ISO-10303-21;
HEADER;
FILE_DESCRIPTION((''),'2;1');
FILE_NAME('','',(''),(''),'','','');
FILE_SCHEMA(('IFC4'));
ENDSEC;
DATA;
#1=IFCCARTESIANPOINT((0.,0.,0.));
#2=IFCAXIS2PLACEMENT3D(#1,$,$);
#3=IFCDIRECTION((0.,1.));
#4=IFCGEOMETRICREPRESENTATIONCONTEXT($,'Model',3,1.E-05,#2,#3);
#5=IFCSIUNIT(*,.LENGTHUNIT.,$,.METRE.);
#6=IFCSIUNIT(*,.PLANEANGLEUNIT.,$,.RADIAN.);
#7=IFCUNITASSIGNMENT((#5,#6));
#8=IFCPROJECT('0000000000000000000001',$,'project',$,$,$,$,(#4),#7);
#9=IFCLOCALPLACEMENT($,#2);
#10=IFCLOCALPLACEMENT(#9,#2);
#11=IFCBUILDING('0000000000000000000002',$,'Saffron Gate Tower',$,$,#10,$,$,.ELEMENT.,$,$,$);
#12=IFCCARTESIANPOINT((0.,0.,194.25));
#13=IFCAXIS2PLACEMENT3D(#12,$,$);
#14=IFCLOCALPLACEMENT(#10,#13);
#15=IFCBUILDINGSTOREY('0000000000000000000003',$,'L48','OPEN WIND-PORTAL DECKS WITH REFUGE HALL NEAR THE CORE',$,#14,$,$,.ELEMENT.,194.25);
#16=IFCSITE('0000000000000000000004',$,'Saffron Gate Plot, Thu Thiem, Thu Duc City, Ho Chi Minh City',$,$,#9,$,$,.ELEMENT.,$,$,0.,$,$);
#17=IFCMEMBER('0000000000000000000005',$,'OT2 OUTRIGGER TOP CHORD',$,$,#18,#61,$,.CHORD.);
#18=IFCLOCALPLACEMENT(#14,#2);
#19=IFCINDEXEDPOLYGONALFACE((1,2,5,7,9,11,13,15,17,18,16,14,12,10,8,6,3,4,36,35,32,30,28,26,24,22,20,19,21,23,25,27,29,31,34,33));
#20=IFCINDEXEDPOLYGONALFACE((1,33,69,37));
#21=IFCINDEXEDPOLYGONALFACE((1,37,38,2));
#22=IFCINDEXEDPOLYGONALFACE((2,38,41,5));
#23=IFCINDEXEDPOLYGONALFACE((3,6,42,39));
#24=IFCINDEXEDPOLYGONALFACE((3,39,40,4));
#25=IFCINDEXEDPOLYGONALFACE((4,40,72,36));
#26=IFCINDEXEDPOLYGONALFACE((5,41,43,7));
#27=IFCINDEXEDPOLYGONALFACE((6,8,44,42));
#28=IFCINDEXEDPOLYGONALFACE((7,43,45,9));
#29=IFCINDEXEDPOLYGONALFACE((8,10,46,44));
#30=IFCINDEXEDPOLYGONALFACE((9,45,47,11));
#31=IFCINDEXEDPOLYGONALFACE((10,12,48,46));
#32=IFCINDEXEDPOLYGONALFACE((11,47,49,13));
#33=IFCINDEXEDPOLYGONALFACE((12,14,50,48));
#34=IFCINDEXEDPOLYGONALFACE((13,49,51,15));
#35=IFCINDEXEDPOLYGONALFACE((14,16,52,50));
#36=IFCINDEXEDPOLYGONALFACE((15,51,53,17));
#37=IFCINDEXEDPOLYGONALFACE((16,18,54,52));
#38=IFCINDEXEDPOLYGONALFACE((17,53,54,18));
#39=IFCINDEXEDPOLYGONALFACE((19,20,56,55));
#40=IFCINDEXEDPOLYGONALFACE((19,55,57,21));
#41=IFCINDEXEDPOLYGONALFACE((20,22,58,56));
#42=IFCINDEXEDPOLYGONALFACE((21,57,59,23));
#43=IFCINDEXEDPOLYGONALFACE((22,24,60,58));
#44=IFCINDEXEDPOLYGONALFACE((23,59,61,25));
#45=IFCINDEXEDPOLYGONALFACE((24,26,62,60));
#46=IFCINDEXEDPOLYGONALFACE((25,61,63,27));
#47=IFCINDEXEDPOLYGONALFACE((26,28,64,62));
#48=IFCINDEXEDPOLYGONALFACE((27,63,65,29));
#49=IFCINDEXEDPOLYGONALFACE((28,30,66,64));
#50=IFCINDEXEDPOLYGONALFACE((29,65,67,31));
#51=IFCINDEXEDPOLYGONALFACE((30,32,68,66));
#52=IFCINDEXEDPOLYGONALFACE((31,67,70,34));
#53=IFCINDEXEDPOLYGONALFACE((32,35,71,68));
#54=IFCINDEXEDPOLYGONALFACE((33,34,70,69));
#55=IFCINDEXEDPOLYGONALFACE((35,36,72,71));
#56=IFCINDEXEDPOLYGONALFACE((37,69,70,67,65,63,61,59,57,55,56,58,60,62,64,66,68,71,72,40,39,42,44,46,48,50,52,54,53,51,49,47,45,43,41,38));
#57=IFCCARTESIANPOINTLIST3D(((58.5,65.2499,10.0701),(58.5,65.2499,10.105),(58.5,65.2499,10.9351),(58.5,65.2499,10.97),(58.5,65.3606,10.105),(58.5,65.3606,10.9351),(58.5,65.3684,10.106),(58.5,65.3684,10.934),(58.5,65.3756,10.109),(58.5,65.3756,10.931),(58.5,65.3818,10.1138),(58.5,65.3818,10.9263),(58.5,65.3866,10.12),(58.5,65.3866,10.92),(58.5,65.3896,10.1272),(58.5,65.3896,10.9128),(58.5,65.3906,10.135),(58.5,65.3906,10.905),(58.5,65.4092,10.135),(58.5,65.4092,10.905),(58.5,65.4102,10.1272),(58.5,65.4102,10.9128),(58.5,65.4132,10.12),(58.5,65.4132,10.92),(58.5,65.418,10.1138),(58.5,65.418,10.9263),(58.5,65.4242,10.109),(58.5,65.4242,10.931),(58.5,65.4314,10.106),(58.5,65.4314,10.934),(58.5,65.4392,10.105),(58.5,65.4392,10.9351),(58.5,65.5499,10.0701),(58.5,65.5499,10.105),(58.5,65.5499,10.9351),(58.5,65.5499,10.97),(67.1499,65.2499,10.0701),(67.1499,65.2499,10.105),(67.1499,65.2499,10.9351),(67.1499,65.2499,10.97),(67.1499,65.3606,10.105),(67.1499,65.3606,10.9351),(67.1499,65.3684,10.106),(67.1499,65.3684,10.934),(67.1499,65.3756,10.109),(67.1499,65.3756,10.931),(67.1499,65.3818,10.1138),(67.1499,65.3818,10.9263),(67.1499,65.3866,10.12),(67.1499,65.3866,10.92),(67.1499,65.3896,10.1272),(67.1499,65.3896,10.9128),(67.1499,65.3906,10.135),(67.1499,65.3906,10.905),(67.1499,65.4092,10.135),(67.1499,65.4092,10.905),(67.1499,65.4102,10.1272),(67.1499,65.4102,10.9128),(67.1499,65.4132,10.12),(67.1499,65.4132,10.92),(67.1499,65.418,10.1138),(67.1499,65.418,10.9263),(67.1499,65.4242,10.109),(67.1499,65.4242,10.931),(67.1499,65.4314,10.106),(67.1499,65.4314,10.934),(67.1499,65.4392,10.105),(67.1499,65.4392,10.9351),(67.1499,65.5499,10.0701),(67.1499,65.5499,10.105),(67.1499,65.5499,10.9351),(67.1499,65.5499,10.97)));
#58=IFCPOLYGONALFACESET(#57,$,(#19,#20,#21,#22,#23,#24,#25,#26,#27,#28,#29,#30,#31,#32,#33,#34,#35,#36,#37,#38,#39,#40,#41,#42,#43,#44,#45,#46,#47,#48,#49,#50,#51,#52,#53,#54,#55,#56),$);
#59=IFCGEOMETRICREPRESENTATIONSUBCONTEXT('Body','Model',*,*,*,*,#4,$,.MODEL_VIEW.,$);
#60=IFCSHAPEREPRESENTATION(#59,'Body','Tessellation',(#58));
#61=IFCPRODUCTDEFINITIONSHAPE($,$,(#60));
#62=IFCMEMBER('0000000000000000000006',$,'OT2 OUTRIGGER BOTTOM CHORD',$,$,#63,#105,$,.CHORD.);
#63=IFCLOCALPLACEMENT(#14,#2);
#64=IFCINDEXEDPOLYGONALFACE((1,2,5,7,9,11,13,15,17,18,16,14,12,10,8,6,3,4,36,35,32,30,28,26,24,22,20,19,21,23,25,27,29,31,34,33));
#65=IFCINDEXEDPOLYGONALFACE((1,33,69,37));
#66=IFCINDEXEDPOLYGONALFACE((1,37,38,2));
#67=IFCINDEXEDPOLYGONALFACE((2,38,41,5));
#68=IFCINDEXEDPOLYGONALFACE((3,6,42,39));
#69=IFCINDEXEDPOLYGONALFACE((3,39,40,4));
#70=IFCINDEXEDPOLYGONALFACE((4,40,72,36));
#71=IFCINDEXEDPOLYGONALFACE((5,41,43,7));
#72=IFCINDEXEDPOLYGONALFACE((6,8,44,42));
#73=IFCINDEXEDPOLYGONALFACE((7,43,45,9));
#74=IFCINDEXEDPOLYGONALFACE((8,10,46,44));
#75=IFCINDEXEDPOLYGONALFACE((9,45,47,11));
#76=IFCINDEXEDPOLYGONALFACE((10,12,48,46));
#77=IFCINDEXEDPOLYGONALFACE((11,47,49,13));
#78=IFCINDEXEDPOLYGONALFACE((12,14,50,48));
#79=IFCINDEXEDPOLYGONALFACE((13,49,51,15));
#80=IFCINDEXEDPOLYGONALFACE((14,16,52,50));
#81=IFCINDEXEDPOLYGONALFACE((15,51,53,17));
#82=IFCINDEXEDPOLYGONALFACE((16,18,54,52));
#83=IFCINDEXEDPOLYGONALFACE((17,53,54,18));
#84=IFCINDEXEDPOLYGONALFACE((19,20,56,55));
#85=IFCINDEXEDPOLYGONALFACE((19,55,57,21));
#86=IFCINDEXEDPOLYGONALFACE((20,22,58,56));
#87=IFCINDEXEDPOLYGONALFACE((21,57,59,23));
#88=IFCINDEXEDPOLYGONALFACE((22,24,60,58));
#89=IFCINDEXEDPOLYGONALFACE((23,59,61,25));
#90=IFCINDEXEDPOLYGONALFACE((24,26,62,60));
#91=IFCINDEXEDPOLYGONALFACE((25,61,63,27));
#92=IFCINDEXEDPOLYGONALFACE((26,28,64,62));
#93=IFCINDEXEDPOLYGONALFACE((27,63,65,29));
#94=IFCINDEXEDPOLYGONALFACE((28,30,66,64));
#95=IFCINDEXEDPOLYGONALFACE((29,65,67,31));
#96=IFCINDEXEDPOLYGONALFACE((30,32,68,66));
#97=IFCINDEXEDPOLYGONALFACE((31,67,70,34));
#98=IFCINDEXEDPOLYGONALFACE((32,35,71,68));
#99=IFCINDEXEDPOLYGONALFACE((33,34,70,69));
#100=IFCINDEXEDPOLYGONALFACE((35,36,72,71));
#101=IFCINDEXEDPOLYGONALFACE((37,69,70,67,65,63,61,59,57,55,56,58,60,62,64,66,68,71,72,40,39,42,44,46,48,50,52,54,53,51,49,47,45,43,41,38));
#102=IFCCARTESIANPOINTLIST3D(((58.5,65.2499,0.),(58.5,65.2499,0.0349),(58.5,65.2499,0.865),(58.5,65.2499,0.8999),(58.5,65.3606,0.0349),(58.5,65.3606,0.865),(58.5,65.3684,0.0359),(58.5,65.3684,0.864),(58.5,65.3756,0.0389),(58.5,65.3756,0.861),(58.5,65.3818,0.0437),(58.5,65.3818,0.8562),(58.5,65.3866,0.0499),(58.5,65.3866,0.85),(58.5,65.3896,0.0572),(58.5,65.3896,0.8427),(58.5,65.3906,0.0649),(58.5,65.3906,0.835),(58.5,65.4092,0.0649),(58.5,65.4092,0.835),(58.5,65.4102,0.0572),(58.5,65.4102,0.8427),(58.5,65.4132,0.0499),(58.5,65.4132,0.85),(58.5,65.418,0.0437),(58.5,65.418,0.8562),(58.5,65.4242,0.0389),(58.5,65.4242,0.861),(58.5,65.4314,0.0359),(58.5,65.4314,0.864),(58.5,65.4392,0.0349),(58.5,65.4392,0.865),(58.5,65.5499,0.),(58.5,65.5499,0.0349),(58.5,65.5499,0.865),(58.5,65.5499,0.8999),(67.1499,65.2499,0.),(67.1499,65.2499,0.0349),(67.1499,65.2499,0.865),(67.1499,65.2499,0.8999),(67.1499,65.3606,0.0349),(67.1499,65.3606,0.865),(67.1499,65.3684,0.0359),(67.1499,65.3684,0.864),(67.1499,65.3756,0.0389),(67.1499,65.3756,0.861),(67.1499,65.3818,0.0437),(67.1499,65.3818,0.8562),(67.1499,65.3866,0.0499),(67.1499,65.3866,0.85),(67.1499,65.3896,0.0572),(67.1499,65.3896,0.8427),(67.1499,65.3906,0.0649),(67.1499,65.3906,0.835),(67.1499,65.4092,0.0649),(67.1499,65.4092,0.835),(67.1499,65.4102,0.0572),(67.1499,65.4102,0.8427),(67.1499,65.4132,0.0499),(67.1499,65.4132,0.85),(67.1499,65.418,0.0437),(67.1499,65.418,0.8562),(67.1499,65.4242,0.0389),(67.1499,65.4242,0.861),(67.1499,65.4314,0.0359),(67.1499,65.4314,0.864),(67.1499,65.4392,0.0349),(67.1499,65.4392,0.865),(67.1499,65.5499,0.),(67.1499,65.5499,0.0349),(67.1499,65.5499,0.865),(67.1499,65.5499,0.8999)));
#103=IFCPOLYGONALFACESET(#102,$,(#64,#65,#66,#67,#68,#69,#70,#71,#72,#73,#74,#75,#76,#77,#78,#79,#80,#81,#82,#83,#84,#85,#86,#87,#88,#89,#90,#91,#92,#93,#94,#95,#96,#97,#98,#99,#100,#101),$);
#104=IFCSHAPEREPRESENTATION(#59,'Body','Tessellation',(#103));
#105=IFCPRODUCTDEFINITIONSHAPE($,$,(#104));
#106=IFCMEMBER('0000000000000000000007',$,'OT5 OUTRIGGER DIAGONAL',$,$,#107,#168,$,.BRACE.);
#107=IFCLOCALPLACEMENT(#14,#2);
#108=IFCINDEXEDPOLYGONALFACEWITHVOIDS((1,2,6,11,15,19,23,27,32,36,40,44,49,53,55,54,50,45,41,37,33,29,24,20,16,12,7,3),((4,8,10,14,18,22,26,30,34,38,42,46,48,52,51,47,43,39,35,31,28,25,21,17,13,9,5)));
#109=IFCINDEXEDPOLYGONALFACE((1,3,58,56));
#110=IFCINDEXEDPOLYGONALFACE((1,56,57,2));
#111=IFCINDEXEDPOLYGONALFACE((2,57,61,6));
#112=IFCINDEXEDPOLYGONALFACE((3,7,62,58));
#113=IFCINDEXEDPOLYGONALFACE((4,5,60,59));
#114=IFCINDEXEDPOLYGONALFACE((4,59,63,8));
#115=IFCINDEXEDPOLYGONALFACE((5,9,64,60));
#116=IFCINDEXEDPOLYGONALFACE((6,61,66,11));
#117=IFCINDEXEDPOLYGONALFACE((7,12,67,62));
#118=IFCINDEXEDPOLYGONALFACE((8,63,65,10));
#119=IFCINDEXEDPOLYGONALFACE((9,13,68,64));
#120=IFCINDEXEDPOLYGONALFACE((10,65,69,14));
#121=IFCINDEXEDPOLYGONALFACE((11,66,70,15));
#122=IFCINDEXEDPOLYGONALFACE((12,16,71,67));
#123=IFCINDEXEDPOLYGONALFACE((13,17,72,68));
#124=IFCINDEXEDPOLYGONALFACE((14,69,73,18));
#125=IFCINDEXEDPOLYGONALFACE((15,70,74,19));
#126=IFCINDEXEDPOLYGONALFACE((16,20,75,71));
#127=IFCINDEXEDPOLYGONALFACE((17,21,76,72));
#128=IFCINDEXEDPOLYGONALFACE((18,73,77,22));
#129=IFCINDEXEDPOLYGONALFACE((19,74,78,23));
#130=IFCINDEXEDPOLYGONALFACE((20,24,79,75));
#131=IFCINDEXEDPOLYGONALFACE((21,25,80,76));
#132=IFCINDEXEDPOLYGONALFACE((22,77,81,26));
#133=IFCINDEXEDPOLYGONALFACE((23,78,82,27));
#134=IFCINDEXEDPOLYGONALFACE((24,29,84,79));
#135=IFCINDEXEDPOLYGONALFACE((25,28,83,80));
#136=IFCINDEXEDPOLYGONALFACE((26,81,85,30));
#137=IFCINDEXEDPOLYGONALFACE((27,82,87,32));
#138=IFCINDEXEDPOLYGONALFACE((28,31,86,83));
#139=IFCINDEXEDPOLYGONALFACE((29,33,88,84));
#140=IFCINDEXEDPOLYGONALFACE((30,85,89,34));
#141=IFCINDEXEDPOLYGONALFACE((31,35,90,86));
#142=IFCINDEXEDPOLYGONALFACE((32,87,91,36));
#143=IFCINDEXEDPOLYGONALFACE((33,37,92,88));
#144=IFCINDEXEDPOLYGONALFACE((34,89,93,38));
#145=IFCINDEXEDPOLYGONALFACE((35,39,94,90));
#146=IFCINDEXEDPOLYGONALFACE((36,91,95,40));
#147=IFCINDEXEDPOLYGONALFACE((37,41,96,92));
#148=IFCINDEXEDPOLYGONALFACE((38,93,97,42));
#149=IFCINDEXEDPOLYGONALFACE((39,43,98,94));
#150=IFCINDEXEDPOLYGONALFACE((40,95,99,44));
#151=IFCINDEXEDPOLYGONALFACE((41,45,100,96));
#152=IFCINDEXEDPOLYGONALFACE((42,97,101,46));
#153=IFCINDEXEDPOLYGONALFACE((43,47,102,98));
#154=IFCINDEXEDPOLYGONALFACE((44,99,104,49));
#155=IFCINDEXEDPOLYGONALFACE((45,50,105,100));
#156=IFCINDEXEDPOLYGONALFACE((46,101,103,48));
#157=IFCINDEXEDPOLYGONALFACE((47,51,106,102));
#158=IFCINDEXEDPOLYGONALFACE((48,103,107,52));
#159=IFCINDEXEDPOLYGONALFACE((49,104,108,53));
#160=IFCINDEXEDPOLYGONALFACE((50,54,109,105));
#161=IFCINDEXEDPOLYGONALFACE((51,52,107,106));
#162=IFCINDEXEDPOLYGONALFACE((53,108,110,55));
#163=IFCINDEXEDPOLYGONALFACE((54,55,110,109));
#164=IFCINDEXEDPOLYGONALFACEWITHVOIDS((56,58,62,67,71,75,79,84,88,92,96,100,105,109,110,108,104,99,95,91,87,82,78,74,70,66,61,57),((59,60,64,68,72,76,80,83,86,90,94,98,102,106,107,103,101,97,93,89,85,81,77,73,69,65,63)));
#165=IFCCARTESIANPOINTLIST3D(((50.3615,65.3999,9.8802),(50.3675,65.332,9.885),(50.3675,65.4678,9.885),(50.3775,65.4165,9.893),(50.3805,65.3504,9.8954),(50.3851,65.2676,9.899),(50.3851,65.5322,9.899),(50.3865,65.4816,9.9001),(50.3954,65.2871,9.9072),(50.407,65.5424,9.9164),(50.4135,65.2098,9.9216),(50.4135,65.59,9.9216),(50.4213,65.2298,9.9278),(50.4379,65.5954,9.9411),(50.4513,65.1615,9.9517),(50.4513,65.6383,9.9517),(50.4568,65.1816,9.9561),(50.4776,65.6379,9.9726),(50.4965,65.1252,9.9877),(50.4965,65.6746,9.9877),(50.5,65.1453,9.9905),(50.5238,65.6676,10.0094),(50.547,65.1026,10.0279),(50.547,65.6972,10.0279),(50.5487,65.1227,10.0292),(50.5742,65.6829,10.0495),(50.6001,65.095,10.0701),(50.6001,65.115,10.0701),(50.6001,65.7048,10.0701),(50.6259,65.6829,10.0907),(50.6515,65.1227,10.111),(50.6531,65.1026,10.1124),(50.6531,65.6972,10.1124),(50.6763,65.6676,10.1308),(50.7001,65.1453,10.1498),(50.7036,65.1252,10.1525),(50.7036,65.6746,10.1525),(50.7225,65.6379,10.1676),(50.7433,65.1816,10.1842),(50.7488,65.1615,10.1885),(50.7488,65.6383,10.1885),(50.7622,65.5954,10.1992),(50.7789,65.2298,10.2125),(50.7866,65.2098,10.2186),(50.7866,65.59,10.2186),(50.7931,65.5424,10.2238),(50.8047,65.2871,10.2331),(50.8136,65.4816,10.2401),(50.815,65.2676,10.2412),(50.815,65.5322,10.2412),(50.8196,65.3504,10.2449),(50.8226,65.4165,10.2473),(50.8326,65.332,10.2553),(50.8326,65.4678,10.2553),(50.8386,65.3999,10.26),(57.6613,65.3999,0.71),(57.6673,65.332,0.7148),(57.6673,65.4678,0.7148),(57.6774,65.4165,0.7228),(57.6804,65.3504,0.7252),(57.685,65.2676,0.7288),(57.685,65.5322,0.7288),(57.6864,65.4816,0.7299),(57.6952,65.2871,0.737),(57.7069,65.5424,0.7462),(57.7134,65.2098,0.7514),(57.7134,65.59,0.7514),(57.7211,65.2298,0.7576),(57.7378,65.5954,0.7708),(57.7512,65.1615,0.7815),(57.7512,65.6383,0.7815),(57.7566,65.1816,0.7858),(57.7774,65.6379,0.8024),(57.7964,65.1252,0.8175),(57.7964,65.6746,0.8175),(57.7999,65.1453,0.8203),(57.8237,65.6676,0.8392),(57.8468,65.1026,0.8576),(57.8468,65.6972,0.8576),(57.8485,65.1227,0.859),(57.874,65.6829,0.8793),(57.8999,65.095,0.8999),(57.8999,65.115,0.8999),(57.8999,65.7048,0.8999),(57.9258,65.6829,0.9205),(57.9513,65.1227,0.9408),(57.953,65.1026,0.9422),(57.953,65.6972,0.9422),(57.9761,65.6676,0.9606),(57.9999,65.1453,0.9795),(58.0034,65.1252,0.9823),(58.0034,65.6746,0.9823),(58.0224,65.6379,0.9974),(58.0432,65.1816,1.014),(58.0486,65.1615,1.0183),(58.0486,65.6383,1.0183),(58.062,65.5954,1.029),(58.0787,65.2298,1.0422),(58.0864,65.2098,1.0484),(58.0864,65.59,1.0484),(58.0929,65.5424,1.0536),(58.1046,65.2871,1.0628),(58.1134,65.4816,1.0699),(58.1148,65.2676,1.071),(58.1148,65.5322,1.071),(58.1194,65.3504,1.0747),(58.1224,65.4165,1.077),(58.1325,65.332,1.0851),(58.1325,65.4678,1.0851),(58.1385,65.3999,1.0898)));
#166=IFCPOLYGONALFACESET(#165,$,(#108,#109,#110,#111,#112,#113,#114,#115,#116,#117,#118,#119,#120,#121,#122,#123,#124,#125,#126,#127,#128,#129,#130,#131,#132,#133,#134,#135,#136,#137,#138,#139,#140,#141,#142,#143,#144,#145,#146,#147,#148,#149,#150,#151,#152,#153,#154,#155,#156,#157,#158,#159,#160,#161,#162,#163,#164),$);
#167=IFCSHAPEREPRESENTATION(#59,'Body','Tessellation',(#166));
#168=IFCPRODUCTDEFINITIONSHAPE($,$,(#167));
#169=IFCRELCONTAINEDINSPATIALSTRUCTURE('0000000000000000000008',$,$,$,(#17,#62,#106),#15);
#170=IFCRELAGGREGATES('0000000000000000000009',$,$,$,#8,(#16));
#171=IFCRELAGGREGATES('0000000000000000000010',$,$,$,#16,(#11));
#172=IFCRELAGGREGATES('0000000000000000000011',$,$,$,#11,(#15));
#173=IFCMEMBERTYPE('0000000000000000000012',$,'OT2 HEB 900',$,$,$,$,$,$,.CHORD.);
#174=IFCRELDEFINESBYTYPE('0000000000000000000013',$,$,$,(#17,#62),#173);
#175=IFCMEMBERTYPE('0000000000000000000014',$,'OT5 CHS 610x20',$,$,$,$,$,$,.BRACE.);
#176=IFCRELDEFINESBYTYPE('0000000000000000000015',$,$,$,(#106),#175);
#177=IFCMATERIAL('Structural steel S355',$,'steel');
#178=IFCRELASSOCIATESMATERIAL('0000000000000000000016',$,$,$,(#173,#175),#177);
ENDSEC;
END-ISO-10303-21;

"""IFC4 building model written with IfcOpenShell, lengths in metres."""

from ifc_helpers import new_model, si_unit, direction, frame, origin, origin_2d, place, context, subcontext, project, spatial, hollow_circle, i_section, extrude, material, material_profile, profile_set, type_object, element, save


model = new_model("IFC4")

# Units and contexts
model_context = context("Model", 3, precision=1e-05, world=origin(), true_north=direction((0.0, 1.0)))
body_context = subcontext(model_context, "Body", "Model", "MODEL_VIEW")
ifc_project = project(units=[si_unit("LENGTHUNIT", "METRE"), si_unit("PLANEANGLEUNIT", "RADIAN")], contexts=[model_context])

# Site, building, storey
site_placement = place(None, origin())
site = spatial("IfcSite", under=ifc_project, at=site_placement, Name="Saffron Gate Plot, Thu Thiem, Thu Duc City, Ho Chi Minh City", CompositionType="ELEMENT", RefElevation=0.0)
building_placement = place(site_placement, origin())
building = spatial("IfcBuilding", under=site, at=building_placement, Name="Saffron Gate Tower", CompositionType="ELEMENT")
storey_placement = place(building_placement, frame((0.0, 0.0, 194.25)))
storey = spatial("IfcBuildingStorey", under=building, at=storey_placement, Name="L48", Description="OPEN WIND-PORTAL DECKS WITH REFUGE HALL NEAR THE CORE", CompositionType="ELEMENT", Elevation=194.25)

# Members
ifc_material_1 = material(Name="Structural steel S355", Category="steel")
ifc_material_profile_1 = material_profile(ifc_material_1, i_section(OverallWidth=0.3, OverallDepth=0.8999, WebThickness=0.0186, FlangeThickness=0.0349, FilletRadius=0.03, at=origin_2d()))
ifc_profile_set_1 = profile_set([ifc_material_profile_1], Name="Structural steel S355")
member_type_1 = type_object("IfcMemberType", Name="OT2 HEB 900", PredefinedType="CHORD", material=ifc_profile_set_1)
for number, where, z_axis, x_axis, name in (
    (1, (58.5, 65.3999, 10.52), (1.0, 0.0, 0.0), (0.0, 1.0, 0.0), "OT2 OUTRIGGER TOP CHORD"),
    (2, (58.5, 65.3999, 0.45), (1.0, 0.0, 0.0), (0.0, 1.0, 0.0), "OT2 OUTRIGGER BOTTOM CHORD"),
):
    element("IfcMember", number, at=place(storey_placement, frame(where, z_axis=z_axis, x_axis=x_axis)), inside=storey, type_object=member_type_1, Name=name, PredefinedType="CHORD", context=body_context, shape_type="SweptSolid", body=[
        extrude(i_section(OverallWidth=0.3, OverallDepth=0.8999, WebThickness=0.0186, FlangeThickness=0.0349, FilletRadius=0.03, at=origin_2d()), origin(), (0.0, 0.0, 1.0), 8.6499),
    ])
ifc_material_profile_2 = material_profile(ifc_material_1, hollow_circle(Radius=0.3049, WallThickness=0.02, at=origin_2d()))
ifc_profile_set_2 = profile_set([ifc_material_profile_2], Name="Structural steel S355")
member_type_2 = type_object("IfcMemberType", Name="OT5 CHS 610x20", PredefinedType="BRACE", material=ifc_profile_set_2)
member_1_placement = place(storey_placement, frame((57.8999, 65.3999, 0.8999), z_axis=(-0.622803, 0.0, 0.782378), x_axis=(0.0, -1.0, 0.0)))
element("IfcMember", 3, at=member_1_placement, inside=storey, type_object=member_type_2, Name="OT5 OUTRIGGER DIAGONAL", PredefinedType="BRACE", context=body_context, shape_type="SweptSolid", body=[
    extrude(hollow_circle(Radius=0.3049, WallThickness=0.02, at=origin_2d()), origin(), (0.0, 0.0, 1.0), 11.7209),
])

save(model, "model.ifc")
